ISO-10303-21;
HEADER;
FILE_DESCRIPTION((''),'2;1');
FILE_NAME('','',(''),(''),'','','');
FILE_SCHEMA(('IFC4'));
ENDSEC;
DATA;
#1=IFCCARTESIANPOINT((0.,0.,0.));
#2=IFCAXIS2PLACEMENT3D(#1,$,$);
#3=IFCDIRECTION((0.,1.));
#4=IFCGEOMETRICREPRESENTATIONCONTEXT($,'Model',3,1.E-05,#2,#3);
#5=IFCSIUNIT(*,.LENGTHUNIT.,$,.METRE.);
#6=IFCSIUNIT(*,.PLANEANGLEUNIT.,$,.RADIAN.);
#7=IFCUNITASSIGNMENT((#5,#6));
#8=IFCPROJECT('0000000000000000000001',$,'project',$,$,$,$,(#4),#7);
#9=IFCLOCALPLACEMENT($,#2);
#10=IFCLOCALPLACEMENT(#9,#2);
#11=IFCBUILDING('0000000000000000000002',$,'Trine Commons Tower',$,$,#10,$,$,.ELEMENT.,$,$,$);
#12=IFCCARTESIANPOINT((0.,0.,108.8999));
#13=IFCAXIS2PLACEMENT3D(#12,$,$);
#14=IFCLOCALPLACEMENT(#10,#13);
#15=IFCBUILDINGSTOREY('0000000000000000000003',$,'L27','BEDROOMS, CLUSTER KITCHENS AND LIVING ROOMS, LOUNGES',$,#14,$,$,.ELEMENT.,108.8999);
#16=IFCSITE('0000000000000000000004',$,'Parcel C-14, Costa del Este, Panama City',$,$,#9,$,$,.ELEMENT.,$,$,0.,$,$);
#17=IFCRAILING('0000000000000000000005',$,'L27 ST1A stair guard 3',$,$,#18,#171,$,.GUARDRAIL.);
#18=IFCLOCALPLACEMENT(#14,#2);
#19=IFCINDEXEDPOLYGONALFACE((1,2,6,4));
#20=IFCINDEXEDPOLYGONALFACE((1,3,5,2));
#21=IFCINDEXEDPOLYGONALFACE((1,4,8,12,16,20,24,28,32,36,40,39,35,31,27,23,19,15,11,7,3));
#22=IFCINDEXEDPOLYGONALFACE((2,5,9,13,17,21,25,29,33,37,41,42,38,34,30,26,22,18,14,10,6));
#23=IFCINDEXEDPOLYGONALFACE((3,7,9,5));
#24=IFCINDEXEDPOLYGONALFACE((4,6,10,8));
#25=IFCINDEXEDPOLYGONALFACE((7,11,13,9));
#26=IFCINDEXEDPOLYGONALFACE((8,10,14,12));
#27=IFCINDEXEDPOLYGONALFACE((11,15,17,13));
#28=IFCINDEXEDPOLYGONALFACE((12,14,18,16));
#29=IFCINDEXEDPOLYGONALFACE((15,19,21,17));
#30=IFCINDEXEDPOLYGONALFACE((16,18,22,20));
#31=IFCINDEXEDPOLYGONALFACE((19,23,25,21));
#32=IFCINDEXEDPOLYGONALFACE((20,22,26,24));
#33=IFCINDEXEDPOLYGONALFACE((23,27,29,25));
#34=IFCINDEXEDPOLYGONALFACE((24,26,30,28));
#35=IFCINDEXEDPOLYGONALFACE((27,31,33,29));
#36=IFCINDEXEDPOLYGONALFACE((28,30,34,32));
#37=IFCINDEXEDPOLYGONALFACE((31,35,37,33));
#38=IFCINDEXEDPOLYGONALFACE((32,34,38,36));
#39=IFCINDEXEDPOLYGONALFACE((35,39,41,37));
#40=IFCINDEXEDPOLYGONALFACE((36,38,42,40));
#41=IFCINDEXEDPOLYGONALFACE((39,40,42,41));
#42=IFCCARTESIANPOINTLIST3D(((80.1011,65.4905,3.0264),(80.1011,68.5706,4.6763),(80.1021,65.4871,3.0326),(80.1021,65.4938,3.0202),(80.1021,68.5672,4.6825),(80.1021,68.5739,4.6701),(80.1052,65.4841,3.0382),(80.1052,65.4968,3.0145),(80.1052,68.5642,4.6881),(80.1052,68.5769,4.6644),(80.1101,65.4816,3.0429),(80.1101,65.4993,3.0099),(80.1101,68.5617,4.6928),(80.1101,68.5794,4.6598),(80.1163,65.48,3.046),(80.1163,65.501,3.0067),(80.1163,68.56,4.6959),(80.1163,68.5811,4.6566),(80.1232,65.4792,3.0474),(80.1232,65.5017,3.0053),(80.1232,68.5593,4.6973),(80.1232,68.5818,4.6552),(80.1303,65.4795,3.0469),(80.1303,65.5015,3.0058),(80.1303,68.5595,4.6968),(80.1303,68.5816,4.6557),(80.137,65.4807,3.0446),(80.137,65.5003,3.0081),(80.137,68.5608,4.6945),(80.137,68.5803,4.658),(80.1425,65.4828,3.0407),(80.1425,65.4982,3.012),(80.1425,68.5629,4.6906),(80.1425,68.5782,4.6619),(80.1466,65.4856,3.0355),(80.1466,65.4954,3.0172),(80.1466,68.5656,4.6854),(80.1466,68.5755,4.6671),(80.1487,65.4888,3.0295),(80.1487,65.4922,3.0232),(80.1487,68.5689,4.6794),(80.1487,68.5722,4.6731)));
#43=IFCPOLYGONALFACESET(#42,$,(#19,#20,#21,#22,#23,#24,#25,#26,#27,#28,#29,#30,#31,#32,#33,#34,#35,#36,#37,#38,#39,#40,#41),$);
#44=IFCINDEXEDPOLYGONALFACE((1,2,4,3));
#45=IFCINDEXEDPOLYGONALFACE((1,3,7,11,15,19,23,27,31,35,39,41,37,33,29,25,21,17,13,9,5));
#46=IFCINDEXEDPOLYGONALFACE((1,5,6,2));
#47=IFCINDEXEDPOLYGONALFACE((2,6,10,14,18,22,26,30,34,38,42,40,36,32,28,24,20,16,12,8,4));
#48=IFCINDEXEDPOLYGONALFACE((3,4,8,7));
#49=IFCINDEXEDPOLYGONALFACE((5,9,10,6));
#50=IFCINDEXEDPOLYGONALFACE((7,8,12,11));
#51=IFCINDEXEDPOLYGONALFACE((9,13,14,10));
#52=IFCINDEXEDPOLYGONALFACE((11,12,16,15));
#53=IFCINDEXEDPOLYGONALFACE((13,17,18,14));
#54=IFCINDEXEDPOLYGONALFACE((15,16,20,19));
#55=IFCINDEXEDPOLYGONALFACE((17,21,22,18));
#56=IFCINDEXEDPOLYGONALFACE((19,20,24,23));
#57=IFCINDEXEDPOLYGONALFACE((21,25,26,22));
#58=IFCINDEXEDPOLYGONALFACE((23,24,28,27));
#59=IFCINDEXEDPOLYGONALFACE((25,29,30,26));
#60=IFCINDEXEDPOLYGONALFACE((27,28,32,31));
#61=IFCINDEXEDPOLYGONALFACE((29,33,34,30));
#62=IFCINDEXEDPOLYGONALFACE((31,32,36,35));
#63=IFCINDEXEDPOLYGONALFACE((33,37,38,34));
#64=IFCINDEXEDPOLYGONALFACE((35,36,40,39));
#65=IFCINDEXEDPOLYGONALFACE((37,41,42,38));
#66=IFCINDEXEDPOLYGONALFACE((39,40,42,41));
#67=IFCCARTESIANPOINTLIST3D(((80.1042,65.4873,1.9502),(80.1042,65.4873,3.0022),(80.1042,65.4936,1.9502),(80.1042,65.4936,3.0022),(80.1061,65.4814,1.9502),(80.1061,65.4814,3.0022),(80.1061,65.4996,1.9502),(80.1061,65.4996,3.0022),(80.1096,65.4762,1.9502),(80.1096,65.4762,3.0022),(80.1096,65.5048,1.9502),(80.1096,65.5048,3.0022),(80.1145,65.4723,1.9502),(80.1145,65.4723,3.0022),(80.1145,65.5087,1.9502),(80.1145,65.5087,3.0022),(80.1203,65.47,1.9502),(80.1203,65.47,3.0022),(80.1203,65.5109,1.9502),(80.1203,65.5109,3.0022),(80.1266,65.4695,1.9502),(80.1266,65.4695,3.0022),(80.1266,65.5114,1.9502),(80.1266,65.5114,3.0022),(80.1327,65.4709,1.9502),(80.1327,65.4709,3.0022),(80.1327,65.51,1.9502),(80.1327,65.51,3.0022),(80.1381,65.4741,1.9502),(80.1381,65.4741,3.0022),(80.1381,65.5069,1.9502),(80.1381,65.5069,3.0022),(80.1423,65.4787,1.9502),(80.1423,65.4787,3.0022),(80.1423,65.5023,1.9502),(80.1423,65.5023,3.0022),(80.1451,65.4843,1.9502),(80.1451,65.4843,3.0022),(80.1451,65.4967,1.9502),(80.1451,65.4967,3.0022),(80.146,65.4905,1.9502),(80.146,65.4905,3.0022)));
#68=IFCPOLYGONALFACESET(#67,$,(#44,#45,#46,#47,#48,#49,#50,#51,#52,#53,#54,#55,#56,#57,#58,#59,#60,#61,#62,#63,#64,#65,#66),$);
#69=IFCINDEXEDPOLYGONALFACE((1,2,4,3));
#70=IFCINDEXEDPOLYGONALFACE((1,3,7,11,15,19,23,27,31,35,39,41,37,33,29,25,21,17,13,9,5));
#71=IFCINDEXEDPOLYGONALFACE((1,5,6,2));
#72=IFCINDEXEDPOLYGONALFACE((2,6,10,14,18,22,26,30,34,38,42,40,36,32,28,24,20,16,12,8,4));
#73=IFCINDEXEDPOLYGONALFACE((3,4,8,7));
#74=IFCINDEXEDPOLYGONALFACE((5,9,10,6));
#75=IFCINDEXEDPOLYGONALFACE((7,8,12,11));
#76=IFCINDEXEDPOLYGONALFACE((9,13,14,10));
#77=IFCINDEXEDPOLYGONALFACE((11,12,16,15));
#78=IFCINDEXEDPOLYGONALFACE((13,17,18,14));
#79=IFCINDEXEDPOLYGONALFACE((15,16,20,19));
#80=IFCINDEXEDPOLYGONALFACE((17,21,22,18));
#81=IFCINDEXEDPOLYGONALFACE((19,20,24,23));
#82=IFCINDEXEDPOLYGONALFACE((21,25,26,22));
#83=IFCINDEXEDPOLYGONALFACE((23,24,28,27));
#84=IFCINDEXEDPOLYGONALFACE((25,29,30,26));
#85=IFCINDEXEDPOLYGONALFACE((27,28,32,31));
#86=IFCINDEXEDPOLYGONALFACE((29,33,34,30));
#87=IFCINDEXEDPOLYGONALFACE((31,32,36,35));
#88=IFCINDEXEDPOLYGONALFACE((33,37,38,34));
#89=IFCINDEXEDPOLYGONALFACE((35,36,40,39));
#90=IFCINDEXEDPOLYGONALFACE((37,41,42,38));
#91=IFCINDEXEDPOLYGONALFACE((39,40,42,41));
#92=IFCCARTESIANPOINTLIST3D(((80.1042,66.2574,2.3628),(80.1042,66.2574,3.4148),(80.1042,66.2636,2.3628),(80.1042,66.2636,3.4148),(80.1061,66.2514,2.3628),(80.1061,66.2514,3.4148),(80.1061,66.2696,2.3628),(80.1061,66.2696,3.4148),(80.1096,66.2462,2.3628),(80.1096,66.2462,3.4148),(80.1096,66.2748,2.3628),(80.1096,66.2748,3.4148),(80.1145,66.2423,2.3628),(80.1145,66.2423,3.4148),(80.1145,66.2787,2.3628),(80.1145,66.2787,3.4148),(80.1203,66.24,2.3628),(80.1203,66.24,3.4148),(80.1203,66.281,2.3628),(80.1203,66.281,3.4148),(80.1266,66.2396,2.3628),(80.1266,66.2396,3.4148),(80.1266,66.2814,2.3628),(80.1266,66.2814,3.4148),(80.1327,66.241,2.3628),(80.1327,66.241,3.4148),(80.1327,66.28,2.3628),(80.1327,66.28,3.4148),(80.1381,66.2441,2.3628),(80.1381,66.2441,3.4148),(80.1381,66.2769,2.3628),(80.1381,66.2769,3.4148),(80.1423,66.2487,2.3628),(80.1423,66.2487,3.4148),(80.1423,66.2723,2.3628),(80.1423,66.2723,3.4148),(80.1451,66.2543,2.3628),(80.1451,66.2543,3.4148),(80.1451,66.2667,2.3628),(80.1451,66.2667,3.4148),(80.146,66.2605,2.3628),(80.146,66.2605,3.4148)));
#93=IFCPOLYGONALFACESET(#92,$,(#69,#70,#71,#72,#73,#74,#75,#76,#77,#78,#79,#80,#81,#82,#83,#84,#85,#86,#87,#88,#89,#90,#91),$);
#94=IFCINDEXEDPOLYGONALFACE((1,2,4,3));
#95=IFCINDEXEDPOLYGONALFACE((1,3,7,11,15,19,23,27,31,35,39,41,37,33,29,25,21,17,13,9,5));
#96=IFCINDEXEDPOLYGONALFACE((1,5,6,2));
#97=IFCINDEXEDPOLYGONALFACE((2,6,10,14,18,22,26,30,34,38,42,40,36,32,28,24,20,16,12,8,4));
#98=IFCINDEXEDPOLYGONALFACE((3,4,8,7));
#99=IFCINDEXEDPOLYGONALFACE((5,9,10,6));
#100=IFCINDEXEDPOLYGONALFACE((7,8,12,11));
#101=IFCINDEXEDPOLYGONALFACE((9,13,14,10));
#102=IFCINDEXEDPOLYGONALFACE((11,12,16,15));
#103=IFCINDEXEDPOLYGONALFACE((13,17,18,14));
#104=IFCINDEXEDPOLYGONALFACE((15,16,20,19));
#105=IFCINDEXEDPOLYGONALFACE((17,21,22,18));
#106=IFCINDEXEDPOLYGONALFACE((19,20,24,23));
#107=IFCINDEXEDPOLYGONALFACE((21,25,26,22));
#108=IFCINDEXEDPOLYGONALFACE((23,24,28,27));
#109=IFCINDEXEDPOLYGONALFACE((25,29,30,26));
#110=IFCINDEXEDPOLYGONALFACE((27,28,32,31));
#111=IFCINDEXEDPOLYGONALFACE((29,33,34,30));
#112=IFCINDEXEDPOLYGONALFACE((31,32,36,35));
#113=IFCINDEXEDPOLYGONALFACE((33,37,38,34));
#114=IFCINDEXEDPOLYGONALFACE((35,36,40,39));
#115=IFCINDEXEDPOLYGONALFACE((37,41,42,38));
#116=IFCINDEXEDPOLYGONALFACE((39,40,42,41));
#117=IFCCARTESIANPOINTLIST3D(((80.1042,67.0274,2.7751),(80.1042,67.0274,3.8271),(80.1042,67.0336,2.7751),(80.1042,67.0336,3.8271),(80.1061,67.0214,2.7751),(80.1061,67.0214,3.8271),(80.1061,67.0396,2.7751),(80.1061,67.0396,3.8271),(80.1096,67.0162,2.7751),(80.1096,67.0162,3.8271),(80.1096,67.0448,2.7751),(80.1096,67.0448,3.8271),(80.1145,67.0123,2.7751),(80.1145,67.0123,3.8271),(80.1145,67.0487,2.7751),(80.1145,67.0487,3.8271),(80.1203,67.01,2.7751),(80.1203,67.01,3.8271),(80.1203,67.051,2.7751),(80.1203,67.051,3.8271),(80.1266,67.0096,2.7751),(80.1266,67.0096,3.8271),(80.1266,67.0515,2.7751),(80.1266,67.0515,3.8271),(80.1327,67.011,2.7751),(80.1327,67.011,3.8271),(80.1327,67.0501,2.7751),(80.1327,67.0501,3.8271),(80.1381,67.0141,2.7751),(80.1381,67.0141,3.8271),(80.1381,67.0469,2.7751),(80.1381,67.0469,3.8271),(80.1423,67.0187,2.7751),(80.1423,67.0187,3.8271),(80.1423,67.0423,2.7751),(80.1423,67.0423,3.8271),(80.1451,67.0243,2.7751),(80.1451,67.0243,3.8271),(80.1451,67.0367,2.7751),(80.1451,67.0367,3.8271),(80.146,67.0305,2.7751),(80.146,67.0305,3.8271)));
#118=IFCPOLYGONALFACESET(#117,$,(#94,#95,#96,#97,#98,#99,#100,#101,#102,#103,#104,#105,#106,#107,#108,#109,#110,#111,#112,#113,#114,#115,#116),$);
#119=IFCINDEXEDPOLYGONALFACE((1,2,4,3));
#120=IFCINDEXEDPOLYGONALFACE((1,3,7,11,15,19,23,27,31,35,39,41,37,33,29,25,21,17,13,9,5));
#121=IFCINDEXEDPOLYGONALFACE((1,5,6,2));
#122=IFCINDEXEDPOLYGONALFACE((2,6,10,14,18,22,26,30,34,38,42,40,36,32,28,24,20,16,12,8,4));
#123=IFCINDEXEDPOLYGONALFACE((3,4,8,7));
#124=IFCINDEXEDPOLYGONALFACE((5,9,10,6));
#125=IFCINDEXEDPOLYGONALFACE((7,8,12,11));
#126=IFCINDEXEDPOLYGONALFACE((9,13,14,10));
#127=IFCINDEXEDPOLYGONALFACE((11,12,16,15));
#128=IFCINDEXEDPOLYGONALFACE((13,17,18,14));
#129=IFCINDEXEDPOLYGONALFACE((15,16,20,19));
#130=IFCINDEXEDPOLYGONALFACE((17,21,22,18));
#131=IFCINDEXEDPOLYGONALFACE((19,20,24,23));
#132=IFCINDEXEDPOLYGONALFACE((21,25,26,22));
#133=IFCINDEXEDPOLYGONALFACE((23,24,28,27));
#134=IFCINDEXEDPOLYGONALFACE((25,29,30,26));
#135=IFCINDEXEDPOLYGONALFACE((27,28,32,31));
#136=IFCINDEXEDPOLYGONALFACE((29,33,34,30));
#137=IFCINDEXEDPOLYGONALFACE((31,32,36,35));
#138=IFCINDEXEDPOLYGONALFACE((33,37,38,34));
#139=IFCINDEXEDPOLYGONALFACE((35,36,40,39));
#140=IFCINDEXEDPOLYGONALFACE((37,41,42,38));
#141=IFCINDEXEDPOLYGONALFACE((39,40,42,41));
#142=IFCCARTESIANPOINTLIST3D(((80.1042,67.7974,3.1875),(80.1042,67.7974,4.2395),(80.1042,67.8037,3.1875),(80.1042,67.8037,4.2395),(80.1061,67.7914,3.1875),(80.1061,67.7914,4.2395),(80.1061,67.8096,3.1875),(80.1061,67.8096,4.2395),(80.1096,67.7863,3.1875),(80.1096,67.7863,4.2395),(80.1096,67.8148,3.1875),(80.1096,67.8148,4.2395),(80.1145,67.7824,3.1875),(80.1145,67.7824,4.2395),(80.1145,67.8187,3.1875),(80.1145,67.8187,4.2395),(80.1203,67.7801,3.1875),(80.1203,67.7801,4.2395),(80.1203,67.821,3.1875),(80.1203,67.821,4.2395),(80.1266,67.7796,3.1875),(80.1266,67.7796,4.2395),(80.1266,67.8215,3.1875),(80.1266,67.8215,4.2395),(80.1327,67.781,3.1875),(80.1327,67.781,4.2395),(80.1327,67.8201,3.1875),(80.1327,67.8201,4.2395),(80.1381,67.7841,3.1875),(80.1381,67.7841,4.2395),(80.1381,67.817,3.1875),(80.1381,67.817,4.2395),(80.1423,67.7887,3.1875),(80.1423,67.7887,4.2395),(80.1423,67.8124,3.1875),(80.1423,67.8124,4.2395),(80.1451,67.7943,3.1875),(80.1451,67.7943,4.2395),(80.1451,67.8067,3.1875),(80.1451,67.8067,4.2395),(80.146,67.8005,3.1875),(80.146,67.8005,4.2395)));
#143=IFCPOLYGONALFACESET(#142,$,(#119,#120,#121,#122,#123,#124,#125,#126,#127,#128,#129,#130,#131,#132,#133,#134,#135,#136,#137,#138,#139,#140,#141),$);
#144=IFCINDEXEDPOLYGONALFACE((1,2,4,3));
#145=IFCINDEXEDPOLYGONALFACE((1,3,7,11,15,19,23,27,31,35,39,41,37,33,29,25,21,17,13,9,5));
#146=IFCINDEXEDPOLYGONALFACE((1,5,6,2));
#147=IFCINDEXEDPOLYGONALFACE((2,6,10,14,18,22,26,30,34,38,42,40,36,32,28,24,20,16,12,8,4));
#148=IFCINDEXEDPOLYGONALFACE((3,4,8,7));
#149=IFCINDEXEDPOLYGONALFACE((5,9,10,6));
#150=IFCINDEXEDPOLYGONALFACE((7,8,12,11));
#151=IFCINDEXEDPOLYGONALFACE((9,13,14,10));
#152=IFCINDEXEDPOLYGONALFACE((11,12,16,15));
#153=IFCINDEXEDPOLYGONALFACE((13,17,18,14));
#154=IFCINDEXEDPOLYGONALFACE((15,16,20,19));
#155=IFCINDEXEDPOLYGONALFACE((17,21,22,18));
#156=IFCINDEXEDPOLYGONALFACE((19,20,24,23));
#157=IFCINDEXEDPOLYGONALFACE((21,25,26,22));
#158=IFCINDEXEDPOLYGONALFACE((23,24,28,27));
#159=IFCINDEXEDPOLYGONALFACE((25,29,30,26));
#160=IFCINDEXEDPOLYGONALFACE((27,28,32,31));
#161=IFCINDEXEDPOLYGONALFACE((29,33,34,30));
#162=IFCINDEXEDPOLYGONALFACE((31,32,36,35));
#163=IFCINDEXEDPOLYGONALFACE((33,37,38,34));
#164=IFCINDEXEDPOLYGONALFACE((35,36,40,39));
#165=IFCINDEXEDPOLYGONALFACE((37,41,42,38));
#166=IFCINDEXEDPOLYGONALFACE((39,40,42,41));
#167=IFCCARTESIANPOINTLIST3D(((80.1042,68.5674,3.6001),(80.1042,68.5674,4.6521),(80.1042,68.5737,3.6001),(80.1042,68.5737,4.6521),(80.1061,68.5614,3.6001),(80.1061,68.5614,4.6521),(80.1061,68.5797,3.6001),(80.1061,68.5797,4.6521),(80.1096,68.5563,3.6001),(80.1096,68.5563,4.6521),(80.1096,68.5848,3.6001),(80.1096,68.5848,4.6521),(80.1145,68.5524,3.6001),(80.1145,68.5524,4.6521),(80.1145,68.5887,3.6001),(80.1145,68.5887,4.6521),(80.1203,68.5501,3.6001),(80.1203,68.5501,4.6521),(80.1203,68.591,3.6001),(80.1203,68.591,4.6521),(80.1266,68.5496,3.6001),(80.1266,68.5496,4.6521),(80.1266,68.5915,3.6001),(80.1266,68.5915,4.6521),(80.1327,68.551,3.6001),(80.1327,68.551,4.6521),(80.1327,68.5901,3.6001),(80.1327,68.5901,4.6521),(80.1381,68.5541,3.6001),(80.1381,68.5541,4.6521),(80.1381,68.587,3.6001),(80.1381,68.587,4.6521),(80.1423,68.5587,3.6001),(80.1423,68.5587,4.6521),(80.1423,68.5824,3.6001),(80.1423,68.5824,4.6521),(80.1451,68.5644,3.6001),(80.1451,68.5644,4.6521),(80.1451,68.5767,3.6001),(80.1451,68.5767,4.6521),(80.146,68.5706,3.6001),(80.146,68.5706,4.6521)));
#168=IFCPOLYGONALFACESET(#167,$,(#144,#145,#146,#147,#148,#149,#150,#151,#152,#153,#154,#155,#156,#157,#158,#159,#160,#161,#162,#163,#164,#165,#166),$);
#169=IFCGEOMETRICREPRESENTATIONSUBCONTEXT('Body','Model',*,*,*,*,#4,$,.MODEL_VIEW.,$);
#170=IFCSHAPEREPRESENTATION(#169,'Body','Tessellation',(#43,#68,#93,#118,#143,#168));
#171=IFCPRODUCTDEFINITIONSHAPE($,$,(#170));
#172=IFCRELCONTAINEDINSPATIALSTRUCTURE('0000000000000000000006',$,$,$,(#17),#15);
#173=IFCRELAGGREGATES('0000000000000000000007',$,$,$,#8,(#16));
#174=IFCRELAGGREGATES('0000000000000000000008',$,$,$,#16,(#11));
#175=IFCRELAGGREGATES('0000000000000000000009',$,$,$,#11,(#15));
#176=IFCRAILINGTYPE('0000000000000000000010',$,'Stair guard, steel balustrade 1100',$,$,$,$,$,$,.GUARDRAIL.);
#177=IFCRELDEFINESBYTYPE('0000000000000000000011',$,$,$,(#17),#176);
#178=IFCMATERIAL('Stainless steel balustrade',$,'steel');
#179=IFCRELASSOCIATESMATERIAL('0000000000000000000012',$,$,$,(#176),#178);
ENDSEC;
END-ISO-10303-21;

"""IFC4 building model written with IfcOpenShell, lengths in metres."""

from ifc_helpers import new_model, si_unit, direction, frame, origin, origin_2d, place, context, subcontext, project, spatial, circle, extrude, material, type_object, element, save


model = new_model("IFC4")

# Units and contexts
model_context = context("Model", 3, precision=1e-05, world=origin(), true_north=direction((0.0, 1.0)))
body_context = subcontext(model_context, "Body", "Model", "MODEL_VIEW")
ifc_project = project(units=[si_unit("LENGTHUNIT", "METRE"), si_unit("PLANEANGLEUNIT", "RADIAN")], contexts=[model_context])

# Site, building, storey
site_placement = place(None, origin())
site = spatial("IfcSite", under=ifc_project, at=site_placement, Name="Parcel C-14, Costa del Este, Panama City", CompositionType="ELEMENT", RefElevation=0.0)
building_placement = place(site_placement, origin())
building = spatial("IfcBuilding", under=site, at=building_placement, Name="Trine Commons Tower", CompositionType="ELEMENT")
storey_placement = place(building_placement, frame((0.0, 0.0, 108.8999)))
storey = spatial("IfcBuildingStorey", under=building, at=storey_placement, Name="L27", Description="BEDROOMS, CLUSTER KITCHENS AND LIVING ROOMS, LOUNGES", CompositionType="ELEMENT", Elevation=108.8999)

# Railing
ifc_material_1 = material(Name="Stainless steel balustrade", Category="steel")
railing_type_1 = type_object("IfcRailingType", Name="Stair guard, steel balustrade 1100", PredefinedType="GUARDRAIL", material=ifc_material_1)
railing_1_placement = place(storey_placement, frame((80.125, 65.4905, 1.9502)))
element("IfcRailing", 1, at=railing_1_placement, inside=storey, type_object=railing_type_1, Name="L27 ST1A stair guard 3", PredefinedType="GUARDRAIL", context=body_context, shape_type="SweptSolid", body=[
    extrude(circle(Radius=0.0239, at=origin_2d()), frame((0.0, 0.0, 1.0762), z_axis=(0.0, 0.881497, 0.47219), x_axis=(-1.0, 0.0, 0.0)), (0.0, 0.0, 1.0), 3.4941),
    extrude(circle(Radius=0.021, at=origin_2d()), origin(), (0.0, 0.0, 1.0), 1.052),
    extrude(circle(Radius=0.021, at=origin_2d()), frame((0.0, 0.77, 0.4126)), (0.0, 0.0, 1.0), 1.052),
    extrude(circle(Radius=0.021, at=origin_2d()), frame((0.0, 1.54, 0.825)), (0.0, 0.0, 1.0), 1.052),
    extrude(circle(Radius=0.021, at=origin_2d()), frame((0.0, 2.3101, 1.2373)), (0.0, 0.0, 1.0), 1.052),
    extrude(circle(Radius=0.021, at=origin_2d()), frame((0.0, 3.0801, 1.6499)), (0.0, 0.0, 1.0), 1.052),
])

save(model, "model.ifc")
